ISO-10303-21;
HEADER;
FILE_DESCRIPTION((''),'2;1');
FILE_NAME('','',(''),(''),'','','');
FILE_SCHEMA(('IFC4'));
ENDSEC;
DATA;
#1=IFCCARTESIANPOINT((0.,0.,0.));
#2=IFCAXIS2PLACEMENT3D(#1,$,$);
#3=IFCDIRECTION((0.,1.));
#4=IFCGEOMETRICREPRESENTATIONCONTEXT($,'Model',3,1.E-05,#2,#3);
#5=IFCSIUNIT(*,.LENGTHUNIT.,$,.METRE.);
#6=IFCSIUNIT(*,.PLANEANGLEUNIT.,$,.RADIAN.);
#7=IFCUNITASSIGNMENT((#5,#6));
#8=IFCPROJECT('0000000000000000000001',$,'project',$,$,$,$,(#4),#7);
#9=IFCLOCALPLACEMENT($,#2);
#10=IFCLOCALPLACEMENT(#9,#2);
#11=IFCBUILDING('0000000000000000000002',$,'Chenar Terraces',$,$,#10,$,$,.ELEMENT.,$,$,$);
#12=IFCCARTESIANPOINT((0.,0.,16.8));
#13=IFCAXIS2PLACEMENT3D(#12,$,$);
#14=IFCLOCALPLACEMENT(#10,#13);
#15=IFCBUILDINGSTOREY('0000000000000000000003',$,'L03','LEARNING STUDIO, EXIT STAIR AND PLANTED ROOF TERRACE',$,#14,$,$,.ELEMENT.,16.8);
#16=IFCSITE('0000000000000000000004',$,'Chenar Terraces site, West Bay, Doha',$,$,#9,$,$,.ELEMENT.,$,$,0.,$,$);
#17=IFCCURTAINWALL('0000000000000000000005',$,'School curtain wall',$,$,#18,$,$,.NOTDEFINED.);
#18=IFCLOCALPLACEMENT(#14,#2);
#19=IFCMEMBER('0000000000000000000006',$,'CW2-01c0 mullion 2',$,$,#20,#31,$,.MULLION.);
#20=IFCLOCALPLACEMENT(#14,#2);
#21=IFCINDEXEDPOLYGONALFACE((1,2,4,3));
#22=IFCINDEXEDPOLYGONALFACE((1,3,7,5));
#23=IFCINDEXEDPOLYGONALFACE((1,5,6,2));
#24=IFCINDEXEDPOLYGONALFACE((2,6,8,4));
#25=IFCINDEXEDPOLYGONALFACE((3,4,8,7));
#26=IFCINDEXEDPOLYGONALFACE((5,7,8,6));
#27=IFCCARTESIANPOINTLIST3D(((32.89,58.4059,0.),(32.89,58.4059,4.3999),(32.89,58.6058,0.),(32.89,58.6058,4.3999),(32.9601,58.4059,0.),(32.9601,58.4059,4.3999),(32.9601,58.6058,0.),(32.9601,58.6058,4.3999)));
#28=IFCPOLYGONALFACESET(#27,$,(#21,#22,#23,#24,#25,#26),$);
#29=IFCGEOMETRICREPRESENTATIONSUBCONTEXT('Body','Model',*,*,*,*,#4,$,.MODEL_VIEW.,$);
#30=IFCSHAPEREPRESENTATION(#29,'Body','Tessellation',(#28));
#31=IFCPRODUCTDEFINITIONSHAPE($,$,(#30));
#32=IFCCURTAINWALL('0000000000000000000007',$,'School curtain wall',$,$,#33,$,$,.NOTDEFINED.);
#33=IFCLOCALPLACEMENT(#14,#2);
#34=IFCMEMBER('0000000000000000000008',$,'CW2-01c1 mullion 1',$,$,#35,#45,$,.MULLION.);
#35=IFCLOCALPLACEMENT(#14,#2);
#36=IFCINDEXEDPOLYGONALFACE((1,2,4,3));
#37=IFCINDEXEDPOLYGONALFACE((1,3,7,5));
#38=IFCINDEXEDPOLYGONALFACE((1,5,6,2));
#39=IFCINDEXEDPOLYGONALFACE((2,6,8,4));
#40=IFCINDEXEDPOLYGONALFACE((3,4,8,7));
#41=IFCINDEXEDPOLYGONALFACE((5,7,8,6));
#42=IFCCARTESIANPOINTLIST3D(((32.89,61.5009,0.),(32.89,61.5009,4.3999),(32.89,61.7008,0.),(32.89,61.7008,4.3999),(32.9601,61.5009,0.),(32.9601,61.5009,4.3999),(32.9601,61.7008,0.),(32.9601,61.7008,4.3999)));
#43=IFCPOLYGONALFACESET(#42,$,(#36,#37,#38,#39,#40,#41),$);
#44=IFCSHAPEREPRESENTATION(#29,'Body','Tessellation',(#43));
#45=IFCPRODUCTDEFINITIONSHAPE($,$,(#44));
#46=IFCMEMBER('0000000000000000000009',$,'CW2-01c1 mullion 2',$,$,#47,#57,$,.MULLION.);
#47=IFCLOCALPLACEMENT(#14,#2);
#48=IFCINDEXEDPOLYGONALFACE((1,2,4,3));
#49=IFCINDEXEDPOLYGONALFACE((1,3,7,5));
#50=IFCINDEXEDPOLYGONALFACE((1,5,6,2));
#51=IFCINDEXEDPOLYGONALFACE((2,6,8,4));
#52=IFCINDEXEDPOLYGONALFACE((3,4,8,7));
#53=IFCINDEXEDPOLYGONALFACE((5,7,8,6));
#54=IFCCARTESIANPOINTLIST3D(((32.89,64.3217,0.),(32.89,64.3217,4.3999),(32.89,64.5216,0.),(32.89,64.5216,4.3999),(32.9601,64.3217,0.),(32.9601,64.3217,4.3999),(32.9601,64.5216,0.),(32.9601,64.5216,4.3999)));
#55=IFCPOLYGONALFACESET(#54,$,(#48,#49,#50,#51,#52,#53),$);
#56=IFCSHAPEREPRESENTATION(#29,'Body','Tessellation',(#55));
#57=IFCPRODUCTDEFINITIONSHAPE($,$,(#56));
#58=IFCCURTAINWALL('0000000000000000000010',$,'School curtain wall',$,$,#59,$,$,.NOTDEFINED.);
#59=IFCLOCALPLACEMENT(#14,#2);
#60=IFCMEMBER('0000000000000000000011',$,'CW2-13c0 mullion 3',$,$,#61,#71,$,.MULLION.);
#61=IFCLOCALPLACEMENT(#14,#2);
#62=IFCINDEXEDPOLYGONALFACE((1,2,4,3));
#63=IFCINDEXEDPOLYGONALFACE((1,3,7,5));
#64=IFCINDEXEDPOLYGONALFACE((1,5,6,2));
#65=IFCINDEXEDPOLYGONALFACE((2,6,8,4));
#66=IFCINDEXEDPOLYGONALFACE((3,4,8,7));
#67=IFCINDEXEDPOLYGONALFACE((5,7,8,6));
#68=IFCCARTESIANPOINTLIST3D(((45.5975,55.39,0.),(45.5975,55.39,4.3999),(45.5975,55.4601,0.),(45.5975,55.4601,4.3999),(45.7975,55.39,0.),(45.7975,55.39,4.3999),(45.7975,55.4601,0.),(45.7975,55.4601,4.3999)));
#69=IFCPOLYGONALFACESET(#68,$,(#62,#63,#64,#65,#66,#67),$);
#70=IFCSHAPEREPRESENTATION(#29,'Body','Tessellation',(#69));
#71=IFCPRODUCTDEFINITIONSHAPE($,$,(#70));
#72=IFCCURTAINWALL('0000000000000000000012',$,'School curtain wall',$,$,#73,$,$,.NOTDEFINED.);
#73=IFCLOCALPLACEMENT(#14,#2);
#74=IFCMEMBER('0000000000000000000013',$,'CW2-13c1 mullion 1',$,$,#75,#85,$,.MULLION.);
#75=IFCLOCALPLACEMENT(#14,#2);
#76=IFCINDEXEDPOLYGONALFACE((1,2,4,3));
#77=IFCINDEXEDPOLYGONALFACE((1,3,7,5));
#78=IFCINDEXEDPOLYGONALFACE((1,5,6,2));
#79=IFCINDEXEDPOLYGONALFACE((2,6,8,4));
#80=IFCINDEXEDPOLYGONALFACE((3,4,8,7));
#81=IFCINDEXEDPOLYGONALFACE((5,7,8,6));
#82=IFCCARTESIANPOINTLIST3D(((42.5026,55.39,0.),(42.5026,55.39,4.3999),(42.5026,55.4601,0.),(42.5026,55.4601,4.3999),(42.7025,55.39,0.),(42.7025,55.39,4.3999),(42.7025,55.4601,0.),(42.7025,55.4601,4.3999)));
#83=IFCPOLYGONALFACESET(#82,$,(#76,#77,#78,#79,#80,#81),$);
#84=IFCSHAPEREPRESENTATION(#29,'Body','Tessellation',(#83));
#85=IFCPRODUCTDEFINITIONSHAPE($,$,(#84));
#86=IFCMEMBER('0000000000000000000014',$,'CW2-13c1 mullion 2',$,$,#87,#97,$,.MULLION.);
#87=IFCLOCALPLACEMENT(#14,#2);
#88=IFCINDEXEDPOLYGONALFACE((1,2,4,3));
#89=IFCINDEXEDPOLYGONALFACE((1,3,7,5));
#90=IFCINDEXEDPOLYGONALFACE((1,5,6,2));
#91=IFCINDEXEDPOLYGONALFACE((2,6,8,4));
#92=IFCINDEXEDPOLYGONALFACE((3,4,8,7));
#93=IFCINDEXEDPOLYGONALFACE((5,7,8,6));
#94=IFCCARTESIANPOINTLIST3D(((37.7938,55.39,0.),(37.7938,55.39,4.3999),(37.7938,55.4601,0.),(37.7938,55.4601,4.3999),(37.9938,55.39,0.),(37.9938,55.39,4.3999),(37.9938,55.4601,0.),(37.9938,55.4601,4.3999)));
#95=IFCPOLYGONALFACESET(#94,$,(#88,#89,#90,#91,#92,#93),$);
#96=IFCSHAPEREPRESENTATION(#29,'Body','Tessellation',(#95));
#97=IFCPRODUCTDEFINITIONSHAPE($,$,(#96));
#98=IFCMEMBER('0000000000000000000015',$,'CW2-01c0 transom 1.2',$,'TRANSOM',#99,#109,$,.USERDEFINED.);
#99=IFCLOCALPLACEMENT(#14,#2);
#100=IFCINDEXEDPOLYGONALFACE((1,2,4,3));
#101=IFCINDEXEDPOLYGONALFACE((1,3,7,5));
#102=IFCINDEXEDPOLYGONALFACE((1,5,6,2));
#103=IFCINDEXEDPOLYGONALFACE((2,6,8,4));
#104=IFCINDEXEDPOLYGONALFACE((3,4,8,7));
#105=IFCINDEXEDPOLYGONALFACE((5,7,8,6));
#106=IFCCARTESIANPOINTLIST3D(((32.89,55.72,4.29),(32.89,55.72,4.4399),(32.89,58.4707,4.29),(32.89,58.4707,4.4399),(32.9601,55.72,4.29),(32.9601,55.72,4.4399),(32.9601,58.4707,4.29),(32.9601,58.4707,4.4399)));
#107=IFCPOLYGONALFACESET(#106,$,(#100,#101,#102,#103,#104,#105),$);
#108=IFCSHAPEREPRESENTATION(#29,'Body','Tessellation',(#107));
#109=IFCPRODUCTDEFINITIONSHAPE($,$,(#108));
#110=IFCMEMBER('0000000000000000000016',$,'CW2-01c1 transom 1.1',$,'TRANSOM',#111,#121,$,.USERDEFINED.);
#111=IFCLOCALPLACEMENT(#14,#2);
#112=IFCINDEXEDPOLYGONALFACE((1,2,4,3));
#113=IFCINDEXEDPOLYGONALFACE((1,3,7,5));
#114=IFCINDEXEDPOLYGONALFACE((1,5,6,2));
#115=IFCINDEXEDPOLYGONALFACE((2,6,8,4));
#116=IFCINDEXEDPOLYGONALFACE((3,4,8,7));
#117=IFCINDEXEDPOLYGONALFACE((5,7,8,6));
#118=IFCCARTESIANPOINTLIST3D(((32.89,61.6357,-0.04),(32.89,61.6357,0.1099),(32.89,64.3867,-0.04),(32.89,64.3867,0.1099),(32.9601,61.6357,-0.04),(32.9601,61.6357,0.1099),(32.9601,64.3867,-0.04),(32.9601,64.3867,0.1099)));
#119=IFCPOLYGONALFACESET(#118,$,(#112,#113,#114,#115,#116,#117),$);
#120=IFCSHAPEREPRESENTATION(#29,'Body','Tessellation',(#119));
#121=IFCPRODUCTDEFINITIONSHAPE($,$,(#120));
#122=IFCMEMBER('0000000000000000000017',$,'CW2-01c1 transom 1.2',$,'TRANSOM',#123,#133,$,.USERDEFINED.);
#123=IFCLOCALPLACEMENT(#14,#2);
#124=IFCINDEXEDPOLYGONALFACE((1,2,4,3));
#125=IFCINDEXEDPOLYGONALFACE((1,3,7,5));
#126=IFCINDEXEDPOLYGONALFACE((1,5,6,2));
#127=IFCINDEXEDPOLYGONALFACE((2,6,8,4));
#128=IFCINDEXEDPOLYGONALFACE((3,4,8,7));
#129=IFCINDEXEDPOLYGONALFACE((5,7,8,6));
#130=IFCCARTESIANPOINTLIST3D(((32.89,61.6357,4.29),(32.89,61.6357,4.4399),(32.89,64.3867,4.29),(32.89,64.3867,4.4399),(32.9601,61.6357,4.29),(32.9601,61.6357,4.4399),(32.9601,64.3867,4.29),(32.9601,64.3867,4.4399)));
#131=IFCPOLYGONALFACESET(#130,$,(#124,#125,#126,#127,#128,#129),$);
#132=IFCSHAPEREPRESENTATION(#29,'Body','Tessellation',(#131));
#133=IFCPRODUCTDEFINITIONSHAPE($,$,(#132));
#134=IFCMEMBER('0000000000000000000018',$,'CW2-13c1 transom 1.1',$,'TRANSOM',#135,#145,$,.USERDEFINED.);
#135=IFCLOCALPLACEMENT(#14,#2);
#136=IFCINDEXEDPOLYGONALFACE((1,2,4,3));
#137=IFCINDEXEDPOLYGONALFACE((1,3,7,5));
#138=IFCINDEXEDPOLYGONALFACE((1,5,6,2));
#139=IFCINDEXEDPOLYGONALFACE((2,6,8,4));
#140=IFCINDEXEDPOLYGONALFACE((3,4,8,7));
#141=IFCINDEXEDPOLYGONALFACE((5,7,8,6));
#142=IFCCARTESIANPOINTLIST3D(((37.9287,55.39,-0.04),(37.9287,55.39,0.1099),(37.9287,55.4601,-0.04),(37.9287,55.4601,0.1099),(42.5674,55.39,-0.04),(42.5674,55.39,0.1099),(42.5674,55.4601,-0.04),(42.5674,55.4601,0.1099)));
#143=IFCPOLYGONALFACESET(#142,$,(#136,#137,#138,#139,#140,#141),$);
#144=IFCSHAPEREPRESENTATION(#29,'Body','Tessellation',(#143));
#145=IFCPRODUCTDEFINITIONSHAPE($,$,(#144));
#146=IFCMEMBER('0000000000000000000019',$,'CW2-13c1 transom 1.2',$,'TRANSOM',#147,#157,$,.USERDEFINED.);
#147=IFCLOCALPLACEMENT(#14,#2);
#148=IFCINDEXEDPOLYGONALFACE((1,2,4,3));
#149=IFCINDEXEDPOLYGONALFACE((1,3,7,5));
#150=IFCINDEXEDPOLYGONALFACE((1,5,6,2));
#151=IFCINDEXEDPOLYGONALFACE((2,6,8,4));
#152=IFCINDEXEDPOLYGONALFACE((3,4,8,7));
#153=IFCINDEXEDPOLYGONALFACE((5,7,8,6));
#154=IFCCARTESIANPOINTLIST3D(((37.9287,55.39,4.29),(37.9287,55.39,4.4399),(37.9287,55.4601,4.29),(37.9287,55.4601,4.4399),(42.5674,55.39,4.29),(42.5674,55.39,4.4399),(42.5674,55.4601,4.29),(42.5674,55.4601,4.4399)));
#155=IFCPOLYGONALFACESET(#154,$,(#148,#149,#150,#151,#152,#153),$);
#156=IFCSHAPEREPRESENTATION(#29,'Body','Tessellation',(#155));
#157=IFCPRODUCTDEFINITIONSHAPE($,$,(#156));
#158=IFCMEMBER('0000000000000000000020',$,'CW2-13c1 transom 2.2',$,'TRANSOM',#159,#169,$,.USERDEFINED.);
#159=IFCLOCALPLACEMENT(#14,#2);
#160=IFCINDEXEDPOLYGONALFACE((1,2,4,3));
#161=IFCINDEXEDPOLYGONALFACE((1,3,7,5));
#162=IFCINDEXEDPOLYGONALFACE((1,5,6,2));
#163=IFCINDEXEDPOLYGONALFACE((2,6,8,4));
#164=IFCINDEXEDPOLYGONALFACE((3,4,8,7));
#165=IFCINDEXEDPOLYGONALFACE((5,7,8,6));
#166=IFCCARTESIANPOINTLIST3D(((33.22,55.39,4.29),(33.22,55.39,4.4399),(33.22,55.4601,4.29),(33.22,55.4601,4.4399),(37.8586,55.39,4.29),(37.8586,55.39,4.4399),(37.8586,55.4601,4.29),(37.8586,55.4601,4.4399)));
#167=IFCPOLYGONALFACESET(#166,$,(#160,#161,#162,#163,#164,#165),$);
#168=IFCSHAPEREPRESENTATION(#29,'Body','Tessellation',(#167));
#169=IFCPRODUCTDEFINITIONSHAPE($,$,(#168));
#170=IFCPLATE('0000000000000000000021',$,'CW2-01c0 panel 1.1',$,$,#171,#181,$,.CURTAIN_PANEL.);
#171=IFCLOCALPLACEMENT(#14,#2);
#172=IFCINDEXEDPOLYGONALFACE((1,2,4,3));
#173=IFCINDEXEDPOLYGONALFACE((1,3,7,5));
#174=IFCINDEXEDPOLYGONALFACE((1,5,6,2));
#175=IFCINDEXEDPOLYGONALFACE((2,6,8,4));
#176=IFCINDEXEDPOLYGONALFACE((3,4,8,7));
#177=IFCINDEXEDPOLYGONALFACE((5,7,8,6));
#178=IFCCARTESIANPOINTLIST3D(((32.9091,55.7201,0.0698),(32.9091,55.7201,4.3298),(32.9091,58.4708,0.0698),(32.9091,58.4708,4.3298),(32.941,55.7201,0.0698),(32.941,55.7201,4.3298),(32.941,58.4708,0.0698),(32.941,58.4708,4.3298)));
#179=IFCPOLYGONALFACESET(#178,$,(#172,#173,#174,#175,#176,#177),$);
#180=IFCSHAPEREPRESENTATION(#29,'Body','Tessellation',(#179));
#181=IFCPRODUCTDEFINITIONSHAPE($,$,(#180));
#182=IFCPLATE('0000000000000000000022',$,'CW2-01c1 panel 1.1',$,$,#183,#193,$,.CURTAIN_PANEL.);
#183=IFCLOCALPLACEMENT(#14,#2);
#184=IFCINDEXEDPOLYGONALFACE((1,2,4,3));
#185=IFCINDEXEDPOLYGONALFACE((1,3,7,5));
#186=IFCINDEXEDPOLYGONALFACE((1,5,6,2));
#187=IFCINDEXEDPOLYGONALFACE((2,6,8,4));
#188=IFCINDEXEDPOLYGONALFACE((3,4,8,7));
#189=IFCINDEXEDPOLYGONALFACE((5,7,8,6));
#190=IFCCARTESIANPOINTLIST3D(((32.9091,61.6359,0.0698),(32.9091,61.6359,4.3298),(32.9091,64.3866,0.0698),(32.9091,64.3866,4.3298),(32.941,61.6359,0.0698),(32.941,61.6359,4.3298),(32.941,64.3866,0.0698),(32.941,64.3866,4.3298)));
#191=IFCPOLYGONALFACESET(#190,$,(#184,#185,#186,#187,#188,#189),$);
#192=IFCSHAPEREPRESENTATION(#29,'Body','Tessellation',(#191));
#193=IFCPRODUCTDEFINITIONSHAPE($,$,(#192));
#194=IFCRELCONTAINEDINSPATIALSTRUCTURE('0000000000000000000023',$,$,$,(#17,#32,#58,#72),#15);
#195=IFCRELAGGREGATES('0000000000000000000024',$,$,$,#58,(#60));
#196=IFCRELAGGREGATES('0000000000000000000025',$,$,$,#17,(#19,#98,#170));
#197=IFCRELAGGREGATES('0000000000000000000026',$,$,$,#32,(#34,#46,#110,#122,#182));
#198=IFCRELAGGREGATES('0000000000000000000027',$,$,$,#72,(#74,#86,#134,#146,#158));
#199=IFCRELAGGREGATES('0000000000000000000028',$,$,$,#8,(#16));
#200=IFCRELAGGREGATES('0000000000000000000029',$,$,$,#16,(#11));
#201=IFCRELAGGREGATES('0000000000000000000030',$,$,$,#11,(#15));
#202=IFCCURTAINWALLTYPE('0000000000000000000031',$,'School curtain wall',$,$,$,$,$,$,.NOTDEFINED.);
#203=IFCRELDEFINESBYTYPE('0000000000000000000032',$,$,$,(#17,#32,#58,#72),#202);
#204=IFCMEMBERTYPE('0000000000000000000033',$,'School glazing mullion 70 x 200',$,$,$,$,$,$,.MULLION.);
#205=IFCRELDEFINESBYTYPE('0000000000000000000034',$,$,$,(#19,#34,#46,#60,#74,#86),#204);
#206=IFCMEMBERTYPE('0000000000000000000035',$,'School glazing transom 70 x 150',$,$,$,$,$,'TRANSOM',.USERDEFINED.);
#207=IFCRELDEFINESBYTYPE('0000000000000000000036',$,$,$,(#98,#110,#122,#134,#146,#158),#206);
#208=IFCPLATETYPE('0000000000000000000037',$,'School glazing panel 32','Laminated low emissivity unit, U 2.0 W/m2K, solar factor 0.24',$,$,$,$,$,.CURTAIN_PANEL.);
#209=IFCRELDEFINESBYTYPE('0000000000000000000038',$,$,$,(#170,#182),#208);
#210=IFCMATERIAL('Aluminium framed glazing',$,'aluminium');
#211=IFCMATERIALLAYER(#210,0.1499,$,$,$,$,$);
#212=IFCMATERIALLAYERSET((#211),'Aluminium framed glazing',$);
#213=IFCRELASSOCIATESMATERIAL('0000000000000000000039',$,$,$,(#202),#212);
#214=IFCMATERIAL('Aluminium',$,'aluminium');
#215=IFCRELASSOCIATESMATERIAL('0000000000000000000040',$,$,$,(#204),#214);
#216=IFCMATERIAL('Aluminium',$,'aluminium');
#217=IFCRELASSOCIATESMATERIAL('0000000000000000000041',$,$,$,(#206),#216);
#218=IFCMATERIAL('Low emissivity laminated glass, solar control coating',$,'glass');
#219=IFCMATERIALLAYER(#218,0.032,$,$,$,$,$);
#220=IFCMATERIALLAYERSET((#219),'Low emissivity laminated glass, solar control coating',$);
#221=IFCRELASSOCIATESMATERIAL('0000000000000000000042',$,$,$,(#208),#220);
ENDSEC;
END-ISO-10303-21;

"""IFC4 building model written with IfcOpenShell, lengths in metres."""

from ifc_helpers import new_model, si_unit, direction, frame, origin, origin_2d, place, context, subcontext, project, spatial, rectangle, extrude, material, layer, layer_set, material_profile, profile_set, type_object, element, aggregate, save


model = new_model("IFC4")

# Units and contexts
model_context = context("Model", 3, precision=1e-05, world=origin(), true_north=direction((0.0, 1.0)))
body_context = subcontext(model_context, "Body", "Model", "MODEL_VIEW")
ifc_project = project(units=[si_unit("LENGTHUNIT", "METRE"), si_unit("PLANEANGLEUNIT", "RADIAN")], contexts=[model_context])

# Site, building, storey
site_placement = place(None, origin())
site = spatial("IfcSite", under=ifc_project, at=site_placement, Name="Chenar Terraces site, West Bay, Doha", CompositionType="ELEMENT", RefElevation=0.0)
building_placement = place(site_placement, origin())
building = spatial("IfcBuilding", under=site, at=building_placement, Name="Chenar Terraces", CompositionType="ELEMENT")
storey_placement = place(building_placement, frame((0.0, 0.0, 16.8)))
storey = spatial("IfcBuildingStorey", under=building, at=storey_placement, Name="L03", Description="LEARNING STUDIO, EXIT STAIR AND PLANTED ROOF TERRACE", CompositionType="ELEMENT", Elevation=16.8)

# Curtain wall, member
ifc_material_1 = material(Name="Aluminium framed glazing", Category="aluminium")
ifc_layer_1 = layer(ifc_material_1, 0.1499)
ifc_layer_set_1 = layer_set([ifc_layer_1], Name="Aluminium framed glazing")
curtain_wall_type = type_object("IfcCurtainWallType", Name="School curtain wall", PredefinedType="NOTDEFINED", material=ifc_layer_set_1)
placement = place(storey_placement, origin())
curtain_wall_1 = element("IfcCurtainWall", 1, at=placement, inside=storey, type_object=curtain_wall_type, Name="School curtain wall", PredefinedType="NOTDEFINED")
ifc_material_2 = material(Name="Aluminium", Category="aluminium")
ifc_material_profile_1 = material_profile(ifc_material_2, rectangle(XDim=0.0701, YDim=0.2, at=origin_2d()), Name="School glazing mullion 70 x 200")
ifc_profile_set_1 = profile_set([ifc_material_profile_1], Name="Aluminium")
member_type_1 = type_object("IfcMemberType", Name="School glazing mullion 70 x 200", PredefinedType="MULLION", material=ifc_profile_set_1)
member_1_placement = place(storey_placement, frame((32.925, 58.5059, 0.0), z_axis=(0.0, 0.0, 1.0), x_axis=(-1.0, 0.0, 0.0)))
member_1 = element("IfcMember", 2, at=member_1_placement, type_object=member_type_1, Name="CW2-01c0 mullion 2", PredefinedType="MULLION", context=body_context, shape_type="SweptSolid", body=[
    extrude(rectangle(XDim=0.0701, YDim=0.2, at=origin_2d()), origin(), (0.0, 0.0, 1.0), 4.3999),
])

# Curtain wall, members
curtain_wall_2 = element("IfcCurtainWall", 3, at=placement, inside=storey, type_object=curtain_wall_type, Name="School curtain wall", PredefinedType="NOTDEFINED")
member_2_placement = place(storey_placement, frame((32.925, 61.6008, 0.0), z_axis=(0.0, 0.0, 1.0), x_axis=(-1.0, 0.0, 0.0)))
member_2 = element("IfcMember", 4, at=member_2_placement, type_object=member_type_1, Name="CW2-01c1 mullion 1", PredefinedType="MULLION", context=body_context, shape_type="SweptSolid", body=[
    extrude(rectangle(XDim=0.0701, YDim=0.2, at=origin_2d()), origin(), (0.0, 0.0, 1.0), 4.3999),
])
member_3_placement = place(storey_placement, frame((32.925, 64.4216, 0.0), z_axis=(0.0, 0.0, 1.0), x_axis=(-1.0, 0.0, 0.0)))
member_3 = element("IfcMember", 5, at=member_3_placement, type_object=member_type_1, Name="CW2-01c1 mullion 2", PredefinedType="MULLION", context=body_context, shape_type="SweptSolid", body=[
    extrude(rectangle(XDim=0.0701, YDim=0.2, at=origin_2d()), origin(), (0.0, 0.0, 1.0), 4.3999),
])

# Curtain wall, member
curtain_wall_3 = element("IfcCurtainWall", 6, at=placement, inside=storey, type_object=curtain_wall_type, Name="School curtain wall", PredefinedType="NOTDEFINED")
member_4_placement = place(storey_placement, frame((45.6975, 55.425, 0.0), z_axis=(0.0, 0.0, 1.0), x_axis=(0.0, -1.0, 0.0)))
member_4 = element("IfcMember", 7, at=member_4_placement, type_object=member_type_1, Name="CW2-13c0 mullion 3", PredefinedType="MULLION", context=body_context, shape_type="SweptSolid", body=[
    extrude(rectangle(XDim=0.0701, YDim=0.2, at=origin_2d()), origin(), (0.0, 0.0, 1.0), 4.3999),
])
aggregate(curtain_wall_3, [member_4])

# Curtain wall, members
curtain_wall_4 = element("IfcCurtainWall", 8, at=placement, inside=storey, type_object=curtain_wall_type, Name="School curtain wall", PredefinedType="NOTDEFINED")
member_5_placement = place(storey_placement, frame((42.6025, 55.425, 0.0), z_axis=(0.0, 0.0, 1.0), x_axis=(0.0, -1.0, 0.0)))
member_5 = element("IfcMember", 9, at=member_5_placement, type_object=member_type_1, Name="CW2-13c1 mullion 1", PredefinedType="MULLION", context=body_context, shape_type="SweptSolid", body=[
    extrude(rectangle(XDim=0.0701, YDim=0.2, at=origin_2d()), origin(), (0.0, 0.0, 1.0), 4.3999),
])
member_6_placement = place(storey_placement, frame((37.8938, 55.425, 0.0), z_axis=(0.0, 0.0, 1.0), x_axis=(0.0, -1.0, 0.0)))
member_6 = element("IfcMember", 10, at=member_6_placement, type_object=member_type_1, Name="CW2-13c1 mullion 2", PredefinedType="MULLION", context=body_context, shape_type="SweptSolid", body=[
    extrude(rectangle(XDim=0.0701, YDim=0.2, at=origin_2d()), origin(), (0.0, 0.0, 1.0), 4.3999),
])

# Members
ifc_material_3 = material(Name="Aluminium", Category="aluminium")
ifc_material_profile_2 = material_profile(ifc_material_3, rectangle(XDim=0.0701, YDim=0.1499, at=origin_2d()), Name="School glazing transom 70 x 150")
ifc_profile_set_2 = profile_set([ifc_material_profile_2], Name="Aluminium")
member_type_2 = type_object("IfcMemberType", Name="School glazing transom 70 x 150", ElementType="TRANSOM", PredefinedType="USERDEFINED", material=ifc_profile_set_2)
member_7_placement = place(storey_placement, frame((32.925, 55.72, 4.365), z_axis=(0.0, 1.0, 0.0), x_axis=(-1.0, 0.0, 0.0)))
member_7 = element("IfcMember", 11, at=member_7_placement, type_object=member_type_2, Name="CW2-01c0 transom 1.2", ObjectType="TRANSOM", PredefinedType="USERDEFINED", context=body_context, shape_type="SweptSolid", body=[
    extrude(rectangle(XDim=0.0701, YDim=0.1499, at=origin_2d()), origin(), (0.0, 0.0, 1.0), 2.7507),
])
member_8_placement = place(storey_placement, frame((32.925, 61.6357, 0.0349), z_axis=(0.0, 1.0, 0.0), x_axis=(-1.0, 0.0, 0.0)))
member_8 = element("IfcMember", 12, at=member_8_placement, type_object=member_type_2, Name="CW2-01c1 transom 1.1", ObjectType="TRANSOM", PredefinedType="USERDEFINED", context=body_context, shape_type="SweptSolid", body=[
    extrude(rectangle(XDim=0.0701, YDim=0.1499, at=origin_2d()), origin(), (0.0, 0.0, 1.0), 2.751),
])
member_9_placement = place(storey_placement, frame((32.925, 61.6357, 4.365), z_axis=(0.0, 1.0, 0.0), x_axis=(-1.0, 0.0, 0.0)))
member_9 = element("IfcMember", 13, at=member_9_placement, type_object=member_type_2, Name="CW2-01c1 transom 1.2", ObjectType="TRANSOM", PredefinedType="USERDEFINED", context=body_context, shape_type="SweptSolid", body=[
    extrude(rectangle(XDim=0.0701, YDim=0.1499, at=origin_2d()), origin(), (0.0, 0.0, 1.0), 2.751),
])
member_10_placement = place(storey_placement, frame((42.5674, 55.425, 0.0349), z_axis=(-1.0, 0.0, 0.0), x_axis=(0.0, -1.0, 0.0)))
member_10 = element("IfcMember", 14, at=member_10_placement, type_object=member_type_2, Name="CW2-13c1 transom 1.1", ObjectType="TRANSOM", PredefinedType="USERDEFINED", context=body_context, shape_type="SweptSolid", body=[
    extrude(rectangle(XDim=0.0701, YDim=0.1499, at=origin_2d()), origin(), (0.0, 0.0, 1.0), 4.6387),
])
member_11_placement = place(storey_placement, frame((42.5674, 55.425, 4.365), z_axis=(-1.0, 0.0, 0.0), x_axis=(0.0, -1.0, 0.0)))
member_11 = element("IfcMember", 15, at=member_11_placement, type_object=member_type_2, Name="CW2-13c1 transom 1.2", ObjectType="TRANSOM", PredefinedType="USERDEFINED", context=body_context, shape_type="SweptSolid", body=[
    extrude(rectangle(XDim=0.0701, YDim=0.1499, at=origin_2d()), origin(), (0.0, 0.0, 1.0), 4.6387),
])
member_12_placement = place(storey_placement, frame((37.8586, 55.425, 4.365), z_axis=(-1.0, 0.0, 0.0), x_axis=(0.0, -1.0, 0.0)))
member_12 = element("IfcMember", 16, at=member_12_placement, type_object=member_type_2, Name="CW2-13c1 transom 2.2", ObjectType="TRANSOM", PredefinedType="USERDEFINED", context=body_context, shape_type="SweptSolid", body=[
    extrude(rectangle(XDim=0.0701, YDim=0.1499, at=origin_2d()), origin(), (0.0, 0.0, 1.0), 4.6387),
])

# Plates
ifc_material_4 = material(Name="Low emissivity laminated glass, solar control coating", Category="glass")
ifc_layer_2 = layer(ifc_material_4, 0.032)
ifc_layer_set_2 = layer_set([ifc_layer_2], Name="Low emissivity laminated glass, solar control coating")
plate_type = type_object("IfcPlateType", Name="School glazing panel 32", Description="Laminated low emissivity unit, U 2.0 W/m2K, solar factor 0.24", PredefinedType="CURTAIN_PANEL", material=ifc_layer_set_2)
plate_1_placement = place(storey_placement, frame((32.925, 57.0955, 0.0698), z_axis=(0.0, 0.0, 1.0), x_axis=(0.0, 1.0, 0.0)))
plate_1 = element("IfcPlate", 17, at=plate_1_placement, type_object=plate_type, Name="CW2-01c0 panel 1.1", PredefinedType="CURTAIN_PANEL", context=body_context, shape_type="SweptSolid", body=[
    extrude(rectangle(XDim=2.7507, YDim=0.032, at=origin_2d()), origin(), (0.0, 0.0, 1.0), 4.26),
])
aggregate(curtain_wall_1, [member_1, member_7, plate_1])
plate_2_placement = place(storey_placement, frame((32.925, 63.0112, 0.0698), z_axis=(0.0, 0.0, 1.0), x_axis=(0.0, 1.0, 0.0)))
plate_2 = element("IfcPlate", 18, at=plate_2_placement, type_object=plate_type, Name="CW2-01c1 panel 1.1", PredefinedType="CURTAIN_PANEL", context=body_context, shape_type="SweptSolid", body=[
    extrude(rectangle(XDim=2.7507, YDim=0.032, at=origin_2d()), origin(), (0.0, 0.0, 1.0), 4.26),
])
aggregate(curtain_wall_2, [member_2, member_3, member_8, member_9, plate_2])
aggregate(curtain_wall_4, [member_5, member_6, member_10, member_11, member_12])

save(model, "model.ifc")
